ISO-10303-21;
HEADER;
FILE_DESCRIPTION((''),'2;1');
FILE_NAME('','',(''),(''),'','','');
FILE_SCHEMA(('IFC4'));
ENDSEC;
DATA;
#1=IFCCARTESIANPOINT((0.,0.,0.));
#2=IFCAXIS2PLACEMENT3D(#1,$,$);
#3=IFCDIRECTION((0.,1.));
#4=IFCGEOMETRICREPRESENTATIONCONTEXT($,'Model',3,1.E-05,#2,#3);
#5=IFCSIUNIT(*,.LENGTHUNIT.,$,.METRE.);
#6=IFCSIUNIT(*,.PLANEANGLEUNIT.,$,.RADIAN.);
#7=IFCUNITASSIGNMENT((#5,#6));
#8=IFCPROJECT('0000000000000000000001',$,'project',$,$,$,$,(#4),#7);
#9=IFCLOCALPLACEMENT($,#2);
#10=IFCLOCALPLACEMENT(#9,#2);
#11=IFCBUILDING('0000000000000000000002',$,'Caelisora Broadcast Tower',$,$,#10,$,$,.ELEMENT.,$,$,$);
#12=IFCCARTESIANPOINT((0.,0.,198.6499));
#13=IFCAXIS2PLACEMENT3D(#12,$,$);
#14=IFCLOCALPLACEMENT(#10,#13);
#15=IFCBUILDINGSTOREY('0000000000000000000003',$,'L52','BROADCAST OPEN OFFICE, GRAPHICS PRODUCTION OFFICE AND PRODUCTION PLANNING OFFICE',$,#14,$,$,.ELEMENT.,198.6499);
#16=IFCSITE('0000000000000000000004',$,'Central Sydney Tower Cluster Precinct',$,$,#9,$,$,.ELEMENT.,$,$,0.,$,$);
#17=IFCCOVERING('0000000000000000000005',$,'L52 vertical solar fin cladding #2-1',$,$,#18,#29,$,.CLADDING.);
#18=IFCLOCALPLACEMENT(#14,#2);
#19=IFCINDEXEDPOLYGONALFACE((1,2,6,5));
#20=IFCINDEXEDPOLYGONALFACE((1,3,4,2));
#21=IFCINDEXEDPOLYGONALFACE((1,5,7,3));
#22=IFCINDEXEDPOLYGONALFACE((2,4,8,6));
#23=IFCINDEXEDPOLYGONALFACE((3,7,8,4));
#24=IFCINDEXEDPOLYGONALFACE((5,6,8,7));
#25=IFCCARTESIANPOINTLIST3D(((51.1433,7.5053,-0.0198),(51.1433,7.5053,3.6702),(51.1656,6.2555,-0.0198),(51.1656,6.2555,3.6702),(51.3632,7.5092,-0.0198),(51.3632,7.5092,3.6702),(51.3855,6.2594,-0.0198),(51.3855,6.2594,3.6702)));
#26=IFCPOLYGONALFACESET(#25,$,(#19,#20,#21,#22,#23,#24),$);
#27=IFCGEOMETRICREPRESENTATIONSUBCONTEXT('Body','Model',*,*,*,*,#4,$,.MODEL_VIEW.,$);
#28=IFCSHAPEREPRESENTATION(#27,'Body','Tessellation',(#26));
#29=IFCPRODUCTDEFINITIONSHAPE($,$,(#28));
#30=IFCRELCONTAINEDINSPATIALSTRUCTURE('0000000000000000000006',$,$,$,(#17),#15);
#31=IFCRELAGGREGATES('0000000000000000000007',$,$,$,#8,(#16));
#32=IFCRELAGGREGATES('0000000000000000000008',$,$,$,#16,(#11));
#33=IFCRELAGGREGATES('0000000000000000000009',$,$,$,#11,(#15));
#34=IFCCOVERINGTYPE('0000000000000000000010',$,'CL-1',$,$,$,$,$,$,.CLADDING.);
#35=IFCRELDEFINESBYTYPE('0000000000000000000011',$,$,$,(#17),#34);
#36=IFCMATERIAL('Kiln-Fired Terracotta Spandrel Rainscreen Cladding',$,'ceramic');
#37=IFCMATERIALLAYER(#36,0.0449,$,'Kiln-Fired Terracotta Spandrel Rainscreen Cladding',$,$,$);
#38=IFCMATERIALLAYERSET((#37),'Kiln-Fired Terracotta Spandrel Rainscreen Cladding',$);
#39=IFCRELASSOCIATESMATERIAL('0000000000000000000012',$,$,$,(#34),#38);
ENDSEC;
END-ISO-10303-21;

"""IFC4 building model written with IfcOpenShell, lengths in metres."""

from ifc_helpers import new_model, si_unit, direction, frame, origin, origin_2d, place, context, subcontext, project, spatial, rectangle, extrude, source, transform, mapped, material, layer, layer_set, type_object, type_shapes, element, save


model = new_model("IFC4")

# Units and contexts
model_context = context("Model", 3, precision=1e-05, world=origin(), true_north=direction((0.0, 1.0)))
body_context = subcontext(model_context, "Body", "Model", "MODEL_VIEW")
ifc_project = project(units=[si_unit("LENGTHUNIT", "METRE"), si_unit("PLANEANGLEUNIT", "RADIAN")], contexts=[model_context])

# Site, building, storey
site_placement = place(None, origin())
site = spatial("IfcSite", under=ifc_project, at=site_placement, Name="Central Sydney Tower Cluster Precinct", CompositionType="ELEMENT", RefElevation=0.0)
building_placement = place(site_placement, origin())
building = spatial("IfcBuilding", under=site, at=building_placement, Name="Caelisora Broadcast Tower", CompositionType="ELEMENT")
storey_placement = place(building_placement, frame((0.0, 0.0, 198.6499)))
storey = spatial("IfcBuildingStorey", under=building, at=storey_placement, Name="L52", Description="BROADCAST OPEN OFFICE, GRAPHICS PRODUCTION OFFICE AND PRODUCTION PLANNING OFFICE", CompositionType="ELEMENT", Elevation=198.6499)

# Covering
ifc_material_1 = material(Name="Kiln-Fired Terracotta Spandrel Rainscreen Cladding", Category="ceramic")
ifc_layer_1 = layer(ifc_material_1, 0.0449, Name="Kiln-Fired Terracotta Spandrel Rainscreen Cladding")
ifc_layer_set_1 = layer_set([ifc_layer_1], Name="Kiln-Fired Terracotta Spandrel Rainscreen Cladding")
covering_type = type_object("IfcCoveringType", Name="CL-1", PredefinedType="CLADDING", material=ifc_layer_set_1)
shared_shape_1 = source(origin(), body_context, "Body", "SweptSolid", [
    extrude(rectangle(XDim=0.22, YDim=1.25, at=origin_2d()), origin(), (0.0, 0.0, 1.0), 3.6899),
])
type_shapes(covering_type, [shared_shape_1])
covering_placement = place(storey_placement, frame((51.2644, 6.8823, -0.0198), z_axis=(0.0, 0.0, 1.0), x_axis=(-0.999842, -0.017801, 0.0)))
element("IfcCovering", 1, at=covering_placement, inside=storey, type_object=covering_type, Name="L52 vertical solar fin cladding #2-1", PredefinedType="CLADDING", context=body_context, shape_type="MappedRepresentation", body=[
    mapped(shared_shape_1, transform((0.0, 0.0, 0.0), scale=1.0)),
])

save(model, "model.ifc")
